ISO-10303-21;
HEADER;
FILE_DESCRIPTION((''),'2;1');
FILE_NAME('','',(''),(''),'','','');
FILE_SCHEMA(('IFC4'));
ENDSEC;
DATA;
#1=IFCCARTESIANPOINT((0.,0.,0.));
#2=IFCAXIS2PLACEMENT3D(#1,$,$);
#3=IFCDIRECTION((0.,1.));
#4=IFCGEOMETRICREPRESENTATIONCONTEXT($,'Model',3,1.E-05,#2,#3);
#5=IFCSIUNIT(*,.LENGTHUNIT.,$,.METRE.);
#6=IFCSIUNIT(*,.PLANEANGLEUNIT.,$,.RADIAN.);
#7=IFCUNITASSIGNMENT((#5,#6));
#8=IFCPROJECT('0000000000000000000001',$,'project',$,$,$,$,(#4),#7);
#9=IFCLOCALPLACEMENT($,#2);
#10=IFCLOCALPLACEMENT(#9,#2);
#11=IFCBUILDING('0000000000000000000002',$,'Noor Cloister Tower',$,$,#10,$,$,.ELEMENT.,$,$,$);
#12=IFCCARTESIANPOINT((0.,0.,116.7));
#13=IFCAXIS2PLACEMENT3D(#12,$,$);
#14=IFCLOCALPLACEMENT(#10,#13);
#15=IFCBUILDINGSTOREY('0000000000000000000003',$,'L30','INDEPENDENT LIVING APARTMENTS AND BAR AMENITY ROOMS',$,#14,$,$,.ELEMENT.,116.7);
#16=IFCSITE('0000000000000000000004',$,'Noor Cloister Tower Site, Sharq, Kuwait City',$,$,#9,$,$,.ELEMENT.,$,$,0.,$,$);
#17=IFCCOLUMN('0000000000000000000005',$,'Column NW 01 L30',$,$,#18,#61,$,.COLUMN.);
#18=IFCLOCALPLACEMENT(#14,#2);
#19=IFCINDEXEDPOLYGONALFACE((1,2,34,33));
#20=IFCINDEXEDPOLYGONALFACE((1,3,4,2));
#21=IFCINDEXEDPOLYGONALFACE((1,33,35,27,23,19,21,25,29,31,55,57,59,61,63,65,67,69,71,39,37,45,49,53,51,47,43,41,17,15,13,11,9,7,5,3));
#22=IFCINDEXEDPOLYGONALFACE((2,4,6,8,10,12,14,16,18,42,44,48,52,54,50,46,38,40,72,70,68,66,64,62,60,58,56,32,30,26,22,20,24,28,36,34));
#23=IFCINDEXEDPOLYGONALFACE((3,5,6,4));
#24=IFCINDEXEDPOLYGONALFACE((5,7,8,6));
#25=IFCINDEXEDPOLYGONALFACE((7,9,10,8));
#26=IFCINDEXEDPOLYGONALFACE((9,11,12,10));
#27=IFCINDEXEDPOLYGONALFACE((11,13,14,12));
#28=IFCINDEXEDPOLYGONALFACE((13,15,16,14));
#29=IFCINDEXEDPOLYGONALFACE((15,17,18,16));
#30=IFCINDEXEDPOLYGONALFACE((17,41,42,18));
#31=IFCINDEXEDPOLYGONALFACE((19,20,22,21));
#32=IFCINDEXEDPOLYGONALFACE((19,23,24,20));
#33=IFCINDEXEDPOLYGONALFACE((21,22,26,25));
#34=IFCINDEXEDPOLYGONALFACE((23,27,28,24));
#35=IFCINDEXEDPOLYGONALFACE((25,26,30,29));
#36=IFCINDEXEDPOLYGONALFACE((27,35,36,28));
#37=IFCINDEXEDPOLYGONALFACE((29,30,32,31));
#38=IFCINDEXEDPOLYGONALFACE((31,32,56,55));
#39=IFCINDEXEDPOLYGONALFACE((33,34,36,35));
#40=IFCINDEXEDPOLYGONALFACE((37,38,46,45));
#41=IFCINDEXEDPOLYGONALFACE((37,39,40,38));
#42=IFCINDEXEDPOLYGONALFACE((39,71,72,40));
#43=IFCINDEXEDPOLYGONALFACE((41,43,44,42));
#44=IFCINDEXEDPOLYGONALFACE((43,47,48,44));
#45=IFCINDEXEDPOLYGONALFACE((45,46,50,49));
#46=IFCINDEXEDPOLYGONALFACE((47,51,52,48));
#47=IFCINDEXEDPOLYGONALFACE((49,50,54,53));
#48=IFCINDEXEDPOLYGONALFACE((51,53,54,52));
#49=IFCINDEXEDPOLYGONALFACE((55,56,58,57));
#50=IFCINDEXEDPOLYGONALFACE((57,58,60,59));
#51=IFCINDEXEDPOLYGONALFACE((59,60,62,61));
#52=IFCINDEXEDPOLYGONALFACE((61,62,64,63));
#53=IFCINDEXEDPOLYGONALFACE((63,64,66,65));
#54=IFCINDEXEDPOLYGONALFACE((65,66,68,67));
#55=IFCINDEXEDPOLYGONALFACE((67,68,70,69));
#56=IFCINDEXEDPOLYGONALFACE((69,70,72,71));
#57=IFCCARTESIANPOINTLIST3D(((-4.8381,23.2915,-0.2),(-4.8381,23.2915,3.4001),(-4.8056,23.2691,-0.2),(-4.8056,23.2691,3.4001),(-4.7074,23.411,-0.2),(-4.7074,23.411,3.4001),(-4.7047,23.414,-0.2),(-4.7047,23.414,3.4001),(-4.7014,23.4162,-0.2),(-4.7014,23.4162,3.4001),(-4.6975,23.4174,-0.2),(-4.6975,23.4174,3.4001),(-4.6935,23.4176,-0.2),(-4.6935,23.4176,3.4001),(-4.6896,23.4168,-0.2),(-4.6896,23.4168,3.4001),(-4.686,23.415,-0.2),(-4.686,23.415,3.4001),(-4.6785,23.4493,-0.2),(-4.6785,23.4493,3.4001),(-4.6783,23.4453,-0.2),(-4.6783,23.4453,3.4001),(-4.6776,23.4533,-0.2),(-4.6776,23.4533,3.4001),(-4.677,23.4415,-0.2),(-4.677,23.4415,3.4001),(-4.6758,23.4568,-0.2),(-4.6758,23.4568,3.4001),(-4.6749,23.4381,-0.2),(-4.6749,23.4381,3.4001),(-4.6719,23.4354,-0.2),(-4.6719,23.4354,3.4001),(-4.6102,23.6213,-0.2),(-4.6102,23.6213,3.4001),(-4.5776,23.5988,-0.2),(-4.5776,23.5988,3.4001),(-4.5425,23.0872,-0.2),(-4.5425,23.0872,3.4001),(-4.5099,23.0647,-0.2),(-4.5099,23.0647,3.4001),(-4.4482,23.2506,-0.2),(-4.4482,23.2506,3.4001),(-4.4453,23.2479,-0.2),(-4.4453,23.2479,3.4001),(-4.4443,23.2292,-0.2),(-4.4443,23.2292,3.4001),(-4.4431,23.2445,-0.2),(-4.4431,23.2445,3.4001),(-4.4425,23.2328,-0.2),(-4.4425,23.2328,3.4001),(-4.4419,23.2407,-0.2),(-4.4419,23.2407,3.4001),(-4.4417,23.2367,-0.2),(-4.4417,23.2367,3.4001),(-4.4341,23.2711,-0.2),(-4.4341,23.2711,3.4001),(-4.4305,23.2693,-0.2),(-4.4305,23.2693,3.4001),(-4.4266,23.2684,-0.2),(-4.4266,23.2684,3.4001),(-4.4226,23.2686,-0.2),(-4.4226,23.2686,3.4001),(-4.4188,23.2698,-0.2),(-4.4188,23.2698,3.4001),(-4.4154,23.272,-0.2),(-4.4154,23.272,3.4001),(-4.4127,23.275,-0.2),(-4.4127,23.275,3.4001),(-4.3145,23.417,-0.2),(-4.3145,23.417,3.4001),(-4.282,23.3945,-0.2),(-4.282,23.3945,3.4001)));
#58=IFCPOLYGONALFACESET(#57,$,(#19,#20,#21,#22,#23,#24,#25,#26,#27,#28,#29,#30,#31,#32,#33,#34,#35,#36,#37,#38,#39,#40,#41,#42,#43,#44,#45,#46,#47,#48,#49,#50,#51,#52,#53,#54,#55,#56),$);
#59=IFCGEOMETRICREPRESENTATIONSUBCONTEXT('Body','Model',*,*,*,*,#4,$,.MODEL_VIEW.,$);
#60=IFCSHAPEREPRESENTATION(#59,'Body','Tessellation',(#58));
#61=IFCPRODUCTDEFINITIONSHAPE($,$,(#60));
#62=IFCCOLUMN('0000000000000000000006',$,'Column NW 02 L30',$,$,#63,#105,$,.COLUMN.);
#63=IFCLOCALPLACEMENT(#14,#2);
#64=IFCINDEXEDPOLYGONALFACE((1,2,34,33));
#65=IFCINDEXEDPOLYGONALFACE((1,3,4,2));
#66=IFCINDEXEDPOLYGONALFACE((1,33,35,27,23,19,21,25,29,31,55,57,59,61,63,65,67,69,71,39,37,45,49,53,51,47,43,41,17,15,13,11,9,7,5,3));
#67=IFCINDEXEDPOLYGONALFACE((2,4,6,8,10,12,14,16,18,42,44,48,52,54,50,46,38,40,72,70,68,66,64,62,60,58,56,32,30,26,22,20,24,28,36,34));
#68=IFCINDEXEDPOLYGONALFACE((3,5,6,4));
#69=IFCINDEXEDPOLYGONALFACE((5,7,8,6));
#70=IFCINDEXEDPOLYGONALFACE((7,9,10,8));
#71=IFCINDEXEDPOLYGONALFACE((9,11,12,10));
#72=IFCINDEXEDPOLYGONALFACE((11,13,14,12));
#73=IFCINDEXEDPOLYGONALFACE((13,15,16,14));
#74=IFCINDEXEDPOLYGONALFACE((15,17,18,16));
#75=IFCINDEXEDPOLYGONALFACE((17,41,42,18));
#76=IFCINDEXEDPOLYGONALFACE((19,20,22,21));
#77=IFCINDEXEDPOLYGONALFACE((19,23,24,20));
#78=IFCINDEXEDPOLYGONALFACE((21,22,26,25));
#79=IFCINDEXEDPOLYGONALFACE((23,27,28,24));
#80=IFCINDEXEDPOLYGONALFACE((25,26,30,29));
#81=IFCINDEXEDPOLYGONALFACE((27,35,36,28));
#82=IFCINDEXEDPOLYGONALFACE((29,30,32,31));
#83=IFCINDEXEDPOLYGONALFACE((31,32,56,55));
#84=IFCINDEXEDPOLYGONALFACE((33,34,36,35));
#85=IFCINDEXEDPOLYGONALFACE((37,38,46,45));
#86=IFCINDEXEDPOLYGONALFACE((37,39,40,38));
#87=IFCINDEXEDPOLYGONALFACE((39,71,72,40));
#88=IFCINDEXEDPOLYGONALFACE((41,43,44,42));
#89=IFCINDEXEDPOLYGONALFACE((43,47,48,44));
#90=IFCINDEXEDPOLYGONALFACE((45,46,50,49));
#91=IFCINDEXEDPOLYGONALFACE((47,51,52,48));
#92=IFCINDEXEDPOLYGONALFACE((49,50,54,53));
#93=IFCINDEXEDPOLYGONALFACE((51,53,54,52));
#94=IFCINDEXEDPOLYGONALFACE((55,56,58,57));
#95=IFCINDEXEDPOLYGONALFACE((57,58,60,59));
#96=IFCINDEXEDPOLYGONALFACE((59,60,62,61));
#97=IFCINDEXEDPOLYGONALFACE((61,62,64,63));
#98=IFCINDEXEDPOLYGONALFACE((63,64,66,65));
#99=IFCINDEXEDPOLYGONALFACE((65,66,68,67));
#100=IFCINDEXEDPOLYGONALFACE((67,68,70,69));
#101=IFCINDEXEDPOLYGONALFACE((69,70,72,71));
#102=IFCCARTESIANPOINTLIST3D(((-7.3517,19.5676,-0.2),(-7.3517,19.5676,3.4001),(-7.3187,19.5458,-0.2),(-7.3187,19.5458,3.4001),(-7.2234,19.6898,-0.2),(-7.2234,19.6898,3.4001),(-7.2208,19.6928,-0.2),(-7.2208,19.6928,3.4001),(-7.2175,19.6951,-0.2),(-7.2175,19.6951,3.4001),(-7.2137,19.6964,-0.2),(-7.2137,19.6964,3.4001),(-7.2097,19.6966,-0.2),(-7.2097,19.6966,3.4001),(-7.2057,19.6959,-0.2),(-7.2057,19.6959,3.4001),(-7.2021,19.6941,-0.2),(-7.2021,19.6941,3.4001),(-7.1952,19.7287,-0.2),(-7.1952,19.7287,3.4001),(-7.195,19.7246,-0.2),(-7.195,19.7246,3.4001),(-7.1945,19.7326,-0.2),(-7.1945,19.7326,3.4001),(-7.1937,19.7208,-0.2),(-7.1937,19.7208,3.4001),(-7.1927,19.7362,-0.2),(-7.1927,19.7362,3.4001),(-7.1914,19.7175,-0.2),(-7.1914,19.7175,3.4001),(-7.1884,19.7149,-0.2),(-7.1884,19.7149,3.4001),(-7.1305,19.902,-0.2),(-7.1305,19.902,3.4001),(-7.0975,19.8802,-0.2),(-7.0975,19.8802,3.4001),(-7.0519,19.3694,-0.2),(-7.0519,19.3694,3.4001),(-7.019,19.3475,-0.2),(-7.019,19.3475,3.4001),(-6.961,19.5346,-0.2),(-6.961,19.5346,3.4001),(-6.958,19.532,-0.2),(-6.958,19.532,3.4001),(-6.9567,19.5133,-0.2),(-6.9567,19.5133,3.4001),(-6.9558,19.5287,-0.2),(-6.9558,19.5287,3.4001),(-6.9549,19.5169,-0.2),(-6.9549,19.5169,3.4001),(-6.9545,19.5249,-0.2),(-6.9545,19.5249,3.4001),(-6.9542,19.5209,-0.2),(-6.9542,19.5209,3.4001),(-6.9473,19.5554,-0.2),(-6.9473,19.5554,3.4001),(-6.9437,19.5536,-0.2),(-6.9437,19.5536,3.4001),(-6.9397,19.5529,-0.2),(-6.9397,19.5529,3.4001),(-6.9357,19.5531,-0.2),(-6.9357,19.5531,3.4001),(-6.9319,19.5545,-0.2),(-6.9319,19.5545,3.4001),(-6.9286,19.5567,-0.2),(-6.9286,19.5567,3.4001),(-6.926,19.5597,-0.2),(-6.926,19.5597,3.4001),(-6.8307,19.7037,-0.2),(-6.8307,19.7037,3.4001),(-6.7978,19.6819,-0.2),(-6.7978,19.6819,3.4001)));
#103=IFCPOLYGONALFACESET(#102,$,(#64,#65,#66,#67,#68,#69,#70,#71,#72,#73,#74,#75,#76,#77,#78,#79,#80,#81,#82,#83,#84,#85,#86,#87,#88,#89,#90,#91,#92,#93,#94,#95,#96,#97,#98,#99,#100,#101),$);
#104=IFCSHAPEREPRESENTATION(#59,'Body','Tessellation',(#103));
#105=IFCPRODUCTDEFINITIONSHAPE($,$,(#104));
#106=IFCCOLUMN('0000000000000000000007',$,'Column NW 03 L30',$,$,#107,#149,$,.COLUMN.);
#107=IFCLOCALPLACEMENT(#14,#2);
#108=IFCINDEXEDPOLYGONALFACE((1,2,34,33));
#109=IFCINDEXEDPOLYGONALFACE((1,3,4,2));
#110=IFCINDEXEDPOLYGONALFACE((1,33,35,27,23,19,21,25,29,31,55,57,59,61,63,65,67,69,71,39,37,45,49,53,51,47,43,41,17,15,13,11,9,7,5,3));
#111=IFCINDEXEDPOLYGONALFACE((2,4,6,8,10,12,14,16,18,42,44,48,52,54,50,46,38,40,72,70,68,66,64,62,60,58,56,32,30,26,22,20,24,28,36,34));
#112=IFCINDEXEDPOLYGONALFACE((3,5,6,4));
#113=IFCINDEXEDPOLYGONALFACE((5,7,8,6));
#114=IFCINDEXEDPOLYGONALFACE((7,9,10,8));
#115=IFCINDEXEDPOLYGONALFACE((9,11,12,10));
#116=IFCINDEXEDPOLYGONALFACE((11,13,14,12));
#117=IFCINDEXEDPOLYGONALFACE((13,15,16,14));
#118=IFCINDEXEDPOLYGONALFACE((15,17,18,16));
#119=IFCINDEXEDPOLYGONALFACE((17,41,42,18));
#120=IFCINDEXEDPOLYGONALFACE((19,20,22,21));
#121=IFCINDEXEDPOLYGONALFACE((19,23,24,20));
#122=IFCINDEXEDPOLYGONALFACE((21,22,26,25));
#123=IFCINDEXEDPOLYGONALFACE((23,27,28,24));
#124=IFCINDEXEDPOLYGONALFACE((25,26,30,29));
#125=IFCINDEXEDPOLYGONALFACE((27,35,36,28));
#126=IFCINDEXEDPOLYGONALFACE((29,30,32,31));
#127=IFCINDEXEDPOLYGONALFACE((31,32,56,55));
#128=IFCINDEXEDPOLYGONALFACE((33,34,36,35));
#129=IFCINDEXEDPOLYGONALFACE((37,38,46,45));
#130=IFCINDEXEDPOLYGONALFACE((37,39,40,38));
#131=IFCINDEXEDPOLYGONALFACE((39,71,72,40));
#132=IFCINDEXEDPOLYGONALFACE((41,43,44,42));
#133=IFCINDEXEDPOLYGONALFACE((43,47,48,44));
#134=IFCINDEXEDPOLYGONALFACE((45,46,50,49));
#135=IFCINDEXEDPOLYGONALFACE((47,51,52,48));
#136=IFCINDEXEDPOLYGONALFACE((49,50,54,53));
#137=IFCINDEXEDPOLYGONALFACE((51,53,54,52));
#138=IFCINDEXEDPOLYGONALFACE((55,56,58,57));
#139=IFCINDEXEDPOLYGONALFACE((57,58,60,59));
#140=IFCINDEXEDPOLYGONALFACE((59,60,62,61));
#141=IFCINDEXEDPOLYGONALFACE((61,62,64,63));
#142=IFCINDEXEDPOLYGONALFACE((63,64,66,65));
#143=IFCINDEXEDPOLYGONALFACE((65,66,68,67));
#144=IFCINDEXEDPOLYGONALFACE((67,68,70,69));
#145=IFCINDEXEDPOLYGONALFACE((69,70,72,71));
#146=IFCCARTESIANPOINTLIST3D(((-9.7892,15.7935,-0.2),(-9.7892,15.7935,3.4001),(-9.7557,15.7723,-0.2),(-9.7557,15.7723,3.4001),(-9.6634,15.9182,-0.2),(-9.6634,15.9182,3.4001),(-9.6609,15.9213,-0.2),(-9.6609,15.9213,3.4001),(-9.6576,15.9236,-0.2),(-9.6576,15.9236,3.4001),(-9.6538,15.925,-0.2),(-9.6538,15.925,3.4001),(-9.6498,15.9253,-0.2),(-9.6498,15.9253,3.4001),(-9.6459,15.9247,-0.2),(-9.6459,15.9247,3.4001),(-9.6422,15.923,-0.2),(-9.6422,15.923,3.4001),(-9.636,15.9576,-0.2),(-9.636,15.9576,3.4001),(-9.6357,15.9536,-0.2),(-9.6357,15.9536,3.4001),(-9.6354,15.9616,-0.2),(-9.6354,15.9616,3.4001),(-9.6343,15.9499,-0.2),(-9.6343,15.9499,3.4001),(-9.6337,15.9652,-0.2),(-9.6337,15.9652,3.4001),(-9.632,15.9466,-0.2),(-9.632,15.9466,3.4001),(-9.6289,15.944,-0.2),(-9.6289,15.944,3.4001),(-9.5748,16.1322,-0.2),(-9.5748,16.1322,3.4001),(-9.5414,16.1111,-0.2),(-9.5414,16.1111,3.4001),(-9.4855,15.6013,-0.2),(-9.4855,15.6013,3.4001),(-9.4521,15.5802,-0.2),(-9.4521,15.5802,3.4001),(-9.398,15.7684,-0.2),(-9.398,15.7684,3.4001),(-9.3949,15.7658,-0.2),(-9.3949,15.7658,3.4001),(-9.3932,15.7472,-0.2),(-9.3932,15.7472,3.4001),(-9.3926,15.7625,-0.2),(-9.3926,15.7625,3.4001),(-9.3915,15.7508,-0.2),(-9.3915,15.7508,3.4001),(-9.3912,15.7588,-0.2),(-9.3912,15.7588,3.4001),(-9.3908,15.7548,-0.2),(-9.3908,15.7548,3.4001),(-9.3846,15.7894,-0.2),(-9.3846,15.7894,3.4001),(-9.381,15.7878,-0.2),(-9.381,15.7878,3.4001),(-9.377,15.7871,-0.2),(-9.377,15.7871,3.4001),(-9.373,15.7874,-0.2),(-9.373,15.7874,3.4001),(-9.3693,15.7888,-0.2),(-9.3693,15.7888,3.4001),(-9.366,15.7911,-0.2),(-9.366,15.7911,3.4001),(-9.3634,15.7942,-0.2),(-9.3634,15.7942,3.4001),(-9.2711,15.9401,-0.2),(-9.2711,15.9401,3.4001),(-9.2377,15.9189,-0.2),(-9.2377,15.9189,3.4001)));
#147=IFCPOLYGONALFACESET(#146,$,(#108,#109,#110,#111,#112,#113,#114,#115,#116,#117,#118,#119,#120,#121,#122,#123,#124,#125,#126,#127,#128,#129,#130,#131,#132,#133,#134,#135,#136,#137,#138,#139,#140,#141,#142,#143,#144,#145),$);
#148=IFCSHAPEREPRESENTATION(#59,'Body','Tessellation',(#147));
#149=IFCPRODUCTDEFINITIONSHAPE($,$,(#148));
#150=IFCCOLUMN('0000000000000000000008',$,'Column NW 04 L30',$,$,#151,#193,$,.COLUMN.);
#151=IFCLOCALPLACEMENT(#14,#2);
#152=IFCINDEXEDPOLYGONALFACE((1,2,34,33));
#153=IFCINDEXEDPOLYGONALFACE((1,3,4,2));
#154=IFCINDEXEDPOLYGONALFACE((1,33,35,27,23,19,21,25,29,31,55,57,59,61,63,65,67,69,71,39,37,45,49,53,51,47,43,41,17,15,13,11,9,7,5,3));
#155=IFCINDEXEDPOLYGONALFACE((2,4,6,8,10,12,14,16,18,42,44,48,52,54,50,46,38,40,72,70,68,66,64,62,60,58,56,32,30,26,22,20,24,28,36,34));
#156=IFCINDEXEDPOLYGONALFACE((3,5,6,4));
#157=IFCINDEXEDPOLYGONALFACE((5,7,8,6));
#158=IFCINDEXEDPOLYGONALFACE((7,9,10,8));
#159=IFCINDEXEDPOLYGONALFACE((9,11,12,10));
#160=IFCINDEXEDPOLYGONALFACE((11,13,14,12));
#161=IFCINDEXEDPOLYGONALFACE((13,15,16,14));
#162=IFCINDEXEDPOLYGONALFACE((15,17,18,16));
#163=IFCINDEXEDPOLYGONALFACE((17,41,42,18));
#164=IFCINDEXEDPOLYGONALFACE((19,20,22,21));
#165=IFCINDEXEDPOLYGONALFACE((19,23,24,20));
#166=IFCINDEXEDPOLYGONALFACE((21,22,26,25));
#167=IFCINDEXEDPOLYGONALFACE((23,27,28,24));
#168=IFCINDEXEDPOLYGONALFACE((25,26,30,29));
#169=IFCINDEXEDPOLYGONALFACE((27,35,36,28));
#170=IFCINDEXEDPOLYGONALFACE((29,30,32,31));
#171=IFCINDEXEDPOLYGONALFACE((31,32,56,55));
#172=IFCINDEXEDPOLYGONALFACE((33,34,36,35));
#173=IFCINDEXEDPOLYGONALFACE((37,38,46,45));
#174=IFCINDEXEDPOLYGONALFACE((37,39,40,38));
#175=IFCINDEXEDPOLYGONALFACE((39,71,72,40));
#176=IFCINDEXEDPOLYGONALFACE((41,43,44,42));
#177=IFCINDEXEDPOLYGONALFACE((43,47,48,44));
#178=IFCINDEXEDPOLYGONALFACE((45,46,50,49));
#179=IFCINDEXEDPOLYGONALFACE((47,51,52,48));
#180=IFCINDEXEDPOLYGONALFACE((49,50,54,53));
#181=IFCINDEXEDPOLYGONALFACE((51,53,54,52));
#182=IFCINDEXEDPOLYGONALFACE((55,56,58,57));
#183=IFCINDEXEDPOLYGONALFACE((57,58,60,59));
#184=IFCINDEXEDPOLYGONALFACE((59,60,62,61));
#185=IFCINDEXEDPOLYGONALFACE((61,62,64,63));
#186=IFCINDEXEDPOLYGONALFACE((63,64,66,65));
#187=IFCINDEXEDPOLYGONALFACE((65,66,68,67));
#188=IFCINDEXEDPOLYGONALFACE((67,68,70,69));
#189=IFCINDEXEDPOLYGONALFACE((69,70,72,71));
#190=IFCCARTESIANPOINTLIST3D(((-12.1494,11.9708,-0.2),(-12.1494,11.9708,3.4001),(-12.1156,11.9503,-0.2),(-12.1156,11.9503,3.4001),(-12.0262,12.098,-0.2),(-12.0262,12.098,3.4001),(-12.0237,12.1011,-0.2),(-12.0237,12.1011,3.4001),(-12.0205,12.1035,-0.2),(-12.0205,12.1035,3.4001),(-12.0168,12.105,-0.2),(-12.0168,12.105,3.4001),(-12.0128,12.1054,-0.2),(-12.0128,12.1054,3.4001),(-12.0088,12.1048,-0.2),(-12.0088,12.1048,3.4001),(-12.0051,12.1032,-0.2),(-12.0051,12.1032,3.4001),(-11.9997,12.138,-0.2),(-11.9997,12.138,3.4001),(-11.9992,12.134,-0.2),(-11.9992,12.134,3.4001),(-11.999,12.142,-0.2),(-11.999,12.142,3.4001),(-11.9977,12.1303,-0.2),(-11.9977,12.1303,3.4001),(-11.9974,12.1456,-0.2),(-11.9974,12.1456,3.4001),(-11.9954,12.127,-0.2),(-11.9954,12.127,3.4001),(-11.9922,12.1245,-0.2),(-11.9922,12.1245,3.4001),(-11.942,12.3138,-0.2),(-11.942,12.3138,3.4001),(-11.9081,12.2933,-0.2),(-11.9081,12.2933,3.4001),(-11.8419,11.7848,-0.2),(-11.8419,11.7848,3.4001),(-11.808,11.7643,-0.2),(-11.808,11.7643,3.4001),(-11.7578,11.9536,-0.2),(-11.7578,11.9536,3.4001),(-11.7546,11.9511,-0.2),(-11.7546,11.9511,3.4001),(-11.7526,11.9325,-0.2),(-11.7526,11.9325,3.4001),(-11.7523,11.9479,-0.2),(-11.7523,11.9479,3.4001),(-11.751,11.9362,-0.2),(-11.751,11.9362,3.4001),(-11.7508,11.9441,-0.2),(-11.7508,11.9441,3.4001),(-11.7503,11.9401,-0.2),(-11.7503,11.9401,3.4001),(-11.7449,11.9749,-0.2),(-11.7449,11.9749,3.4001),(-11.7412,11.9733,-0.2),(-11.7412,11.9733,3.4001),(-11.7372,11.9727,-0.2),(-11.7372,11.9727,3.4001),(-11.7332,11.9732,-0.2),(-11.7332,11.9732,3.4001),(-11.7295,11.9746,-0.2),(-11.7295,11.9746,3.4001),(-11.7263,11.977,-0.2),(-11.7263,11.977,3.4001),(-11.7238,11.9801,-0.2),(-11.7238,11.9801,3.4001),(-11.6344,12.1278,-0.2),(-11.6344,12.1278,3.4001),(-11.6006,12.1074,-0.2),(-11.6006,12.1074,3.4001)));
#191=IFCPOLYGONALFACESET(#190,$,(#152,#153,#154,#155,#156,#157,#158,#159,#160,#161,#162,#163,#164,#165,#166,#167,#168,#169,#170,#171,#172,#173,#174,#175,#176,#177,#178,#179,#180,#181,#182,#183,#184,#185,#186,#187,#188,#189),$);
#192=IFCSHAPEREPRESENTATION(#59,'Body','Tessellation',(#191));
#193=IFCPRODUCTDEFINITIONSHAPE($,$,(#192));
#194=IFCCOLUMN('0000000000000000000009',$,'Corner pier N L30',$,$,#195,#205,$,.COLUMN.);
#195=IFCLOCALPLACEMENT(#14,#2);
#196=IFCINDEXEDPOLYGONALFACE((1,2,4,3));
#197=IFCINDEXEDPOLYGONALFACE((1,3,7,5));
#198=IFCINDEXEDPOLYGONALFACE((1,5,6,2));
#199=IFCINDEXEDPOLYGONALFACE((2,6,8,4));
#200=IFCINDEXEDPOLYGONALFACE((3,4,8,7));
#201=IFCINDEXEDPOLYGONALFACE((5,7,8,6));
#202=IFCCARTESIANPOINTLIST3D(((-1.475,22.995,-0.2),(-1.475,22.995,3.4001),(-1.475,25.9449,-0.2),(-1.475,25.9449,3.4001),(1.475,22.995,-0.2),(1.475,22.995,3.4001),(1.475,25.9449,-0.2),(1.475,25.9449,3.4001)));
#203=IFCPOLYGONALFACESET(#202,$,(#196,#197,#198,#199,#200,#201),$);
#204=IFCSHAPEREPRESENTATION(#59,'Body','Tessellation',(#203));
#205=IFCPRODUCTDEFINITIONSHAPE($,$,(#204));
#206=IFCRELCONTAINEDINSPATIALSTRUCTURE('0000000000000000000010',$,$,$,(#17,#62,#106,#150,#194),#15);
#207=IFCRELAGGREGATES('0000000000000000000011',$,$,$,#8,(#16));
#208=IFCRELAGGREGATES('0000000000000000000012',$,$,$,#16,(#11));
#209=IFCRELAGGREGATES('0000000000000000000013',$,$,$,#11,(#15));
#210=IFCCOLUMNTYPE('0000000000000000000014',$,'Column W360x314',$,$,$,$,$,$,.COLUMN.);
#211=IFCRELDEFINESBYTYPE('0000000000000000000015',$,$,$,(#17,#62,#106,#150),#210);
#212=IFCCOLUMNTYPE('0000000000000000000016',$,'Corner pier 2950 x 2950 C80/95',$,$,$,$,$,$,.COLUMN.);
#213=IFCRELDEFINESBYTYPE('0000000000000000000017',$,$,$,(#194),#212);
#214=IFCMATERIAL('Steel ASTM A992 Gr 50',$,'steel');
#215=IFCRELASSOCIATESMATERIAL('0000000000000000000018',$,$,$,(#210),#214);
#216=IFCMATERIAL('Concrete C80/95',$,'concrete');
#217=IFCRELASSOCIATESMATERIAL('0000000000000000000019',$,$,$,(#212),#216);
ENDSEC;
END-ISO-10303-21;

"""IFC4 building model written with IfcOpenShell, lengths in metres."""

from ifc_helpers import new_model, si_unit, direction, frame, origin, origin_2d, place, context, subcontext, project, spatial, rectangle, i_section, extrude, material, material_profile, profile_set, type_object, element, save


model = new_model("IFC4")

# Units and contexts
model_context = context("Model", 3, precision=1e-05, world=origin(), true_north=direction((0.0, 1.0)))
body_context = subcontext(model_context, "Body", "Model", "MODEL_VIEW")
ifc_project = project(units=[si_unit("LENGTHUNIT", "METRE"), si_unit("PLANEANGLEUNIT", "RADIAN")], contexts=[model_context])

# Site, building, storey
site_placement = place(None, origin())
site = spatial("IfcSite", under=ifc_project, at=site_placement, Name="Noor Cloister Tower Site, Sharq, Kuwait City", CompositionType="ELEMENT", RefElevation=0.0)
building_placement = place(site_placement, origin())
building = spatial("IfcBuilding", under=site, at=building_placement, Name="Noor Cloister Tower", CompositionType="ELEMENT")
storey_placement = place(building_placement, frame((0.0, 0.0, 116.7)))
storey = spatial("IfcBuildingStorey", under=building, at=storey_placement, Name="L30", Description="INDEPENDENT LIVING APARTMENTS AND BAR AMENITY ROOMS", CompositionType="ELEMENT", Elevation=116.7)

# Columns
ifc_material_1 = material(Name="Steel ASTM A992 Gr 50", Category="steel")
ifc_material_profile_1 = material_profile(ifc_material_1, i_section(OverallWidth=0.4009, OverallDepth=0.3989, WebThickness=0.0249, FlangeThickness=0.0396, FilletRadius=0.0154, at=origin_2d()), Name="W360x314")
ifc_profile_set_1 = profile_set([ifc_material_profile_1], Name="Steel ASTM A992 Gr 50")
column_type_1 = type_object("IfcColumnType", Name="Column W360x314", PredefinedType="COLUMN", material=ifc_profile_set_1)
for number, where, z_axis, x_axis, name in (
    (1, (-4.5601, 23.343, -0.2), (0.0, 0.0, 1.0), (-0.568579, -0.822628, 0.0), "Column NW 01 L30"),
    (2, (-7.0747, 19.6248, -0.2), (0.0, 0.0, 1.0), (-0.551768, -0.833997, 0.0), "Column NW 02 L30"),
    (3, (-9.5134, 15.8562, -0.2), (0.0, 0.0, 1.0), (-0.53473, -0.845023, 0.0), "Column NW 03 L30"),
    (4, (-11.875, 12.0391, -0.2), (0.0, 0.0, 1.0), (-0.517472, -0.8557, 0.0), "Column NW 04 L30"),
):
    element("IfcColumn", number, at=place(storey_placement, frame(where, z_axis=z_axis, x_axis=x_axis)), inside=storey, type_object=column_type_1, Name=name, PredefinedType="COLUMN", context=body_context, shape_type="SweptSolid", body=[
        extrude(i_section(OverallWidth=0.4009, OverallDepth=0.3989, WebThickness=0.0249, FlangeThickness=0.0396, FilletRadius=0.0154, at=origin_2d()), origin(), (0.0, 0.0, 1.0), 3.6001),
    ])
ifc_material_2 = material(Name="Concrete C80/95", Category="concrete")
ifc_material_profile_2 = material_profile(ifc_material_2, rectangle(XDim=2.95, YDim=2.95, at=origin_2d()), Name="RC 2950x2950")
ifc_profile_set_2 = profile_set([ifc_material_profile_2], Name="Concrete C80/95")
column_type_2 = type_object("IfcColumnType", Name="Corner pier 2950 x 2950 C80/95", PredefinedType="COLUMN", material=ifc_profile_set_2)
column_placement = place(storey_placement, frame((0.0, 24.47, -0.2), z_axis=(0.0, 0.0, 1.0), x_axis=(0.0, 1.0, 0.0)))
element("IfcColumn", 5, at=column_placement, inside=storey, type_object=column_type_2, Name="Corner pier N L30", PredefinedType="COLUMN", context=body_context, shape_type="SweptSolid", body=[
    extrude(rectangle(XDim=2.95, YDim=2.95, at=origin_2d()), origin(), (0.0, 0.0, 1.0), 3.6001),
])

save(model, "model.ifc")
